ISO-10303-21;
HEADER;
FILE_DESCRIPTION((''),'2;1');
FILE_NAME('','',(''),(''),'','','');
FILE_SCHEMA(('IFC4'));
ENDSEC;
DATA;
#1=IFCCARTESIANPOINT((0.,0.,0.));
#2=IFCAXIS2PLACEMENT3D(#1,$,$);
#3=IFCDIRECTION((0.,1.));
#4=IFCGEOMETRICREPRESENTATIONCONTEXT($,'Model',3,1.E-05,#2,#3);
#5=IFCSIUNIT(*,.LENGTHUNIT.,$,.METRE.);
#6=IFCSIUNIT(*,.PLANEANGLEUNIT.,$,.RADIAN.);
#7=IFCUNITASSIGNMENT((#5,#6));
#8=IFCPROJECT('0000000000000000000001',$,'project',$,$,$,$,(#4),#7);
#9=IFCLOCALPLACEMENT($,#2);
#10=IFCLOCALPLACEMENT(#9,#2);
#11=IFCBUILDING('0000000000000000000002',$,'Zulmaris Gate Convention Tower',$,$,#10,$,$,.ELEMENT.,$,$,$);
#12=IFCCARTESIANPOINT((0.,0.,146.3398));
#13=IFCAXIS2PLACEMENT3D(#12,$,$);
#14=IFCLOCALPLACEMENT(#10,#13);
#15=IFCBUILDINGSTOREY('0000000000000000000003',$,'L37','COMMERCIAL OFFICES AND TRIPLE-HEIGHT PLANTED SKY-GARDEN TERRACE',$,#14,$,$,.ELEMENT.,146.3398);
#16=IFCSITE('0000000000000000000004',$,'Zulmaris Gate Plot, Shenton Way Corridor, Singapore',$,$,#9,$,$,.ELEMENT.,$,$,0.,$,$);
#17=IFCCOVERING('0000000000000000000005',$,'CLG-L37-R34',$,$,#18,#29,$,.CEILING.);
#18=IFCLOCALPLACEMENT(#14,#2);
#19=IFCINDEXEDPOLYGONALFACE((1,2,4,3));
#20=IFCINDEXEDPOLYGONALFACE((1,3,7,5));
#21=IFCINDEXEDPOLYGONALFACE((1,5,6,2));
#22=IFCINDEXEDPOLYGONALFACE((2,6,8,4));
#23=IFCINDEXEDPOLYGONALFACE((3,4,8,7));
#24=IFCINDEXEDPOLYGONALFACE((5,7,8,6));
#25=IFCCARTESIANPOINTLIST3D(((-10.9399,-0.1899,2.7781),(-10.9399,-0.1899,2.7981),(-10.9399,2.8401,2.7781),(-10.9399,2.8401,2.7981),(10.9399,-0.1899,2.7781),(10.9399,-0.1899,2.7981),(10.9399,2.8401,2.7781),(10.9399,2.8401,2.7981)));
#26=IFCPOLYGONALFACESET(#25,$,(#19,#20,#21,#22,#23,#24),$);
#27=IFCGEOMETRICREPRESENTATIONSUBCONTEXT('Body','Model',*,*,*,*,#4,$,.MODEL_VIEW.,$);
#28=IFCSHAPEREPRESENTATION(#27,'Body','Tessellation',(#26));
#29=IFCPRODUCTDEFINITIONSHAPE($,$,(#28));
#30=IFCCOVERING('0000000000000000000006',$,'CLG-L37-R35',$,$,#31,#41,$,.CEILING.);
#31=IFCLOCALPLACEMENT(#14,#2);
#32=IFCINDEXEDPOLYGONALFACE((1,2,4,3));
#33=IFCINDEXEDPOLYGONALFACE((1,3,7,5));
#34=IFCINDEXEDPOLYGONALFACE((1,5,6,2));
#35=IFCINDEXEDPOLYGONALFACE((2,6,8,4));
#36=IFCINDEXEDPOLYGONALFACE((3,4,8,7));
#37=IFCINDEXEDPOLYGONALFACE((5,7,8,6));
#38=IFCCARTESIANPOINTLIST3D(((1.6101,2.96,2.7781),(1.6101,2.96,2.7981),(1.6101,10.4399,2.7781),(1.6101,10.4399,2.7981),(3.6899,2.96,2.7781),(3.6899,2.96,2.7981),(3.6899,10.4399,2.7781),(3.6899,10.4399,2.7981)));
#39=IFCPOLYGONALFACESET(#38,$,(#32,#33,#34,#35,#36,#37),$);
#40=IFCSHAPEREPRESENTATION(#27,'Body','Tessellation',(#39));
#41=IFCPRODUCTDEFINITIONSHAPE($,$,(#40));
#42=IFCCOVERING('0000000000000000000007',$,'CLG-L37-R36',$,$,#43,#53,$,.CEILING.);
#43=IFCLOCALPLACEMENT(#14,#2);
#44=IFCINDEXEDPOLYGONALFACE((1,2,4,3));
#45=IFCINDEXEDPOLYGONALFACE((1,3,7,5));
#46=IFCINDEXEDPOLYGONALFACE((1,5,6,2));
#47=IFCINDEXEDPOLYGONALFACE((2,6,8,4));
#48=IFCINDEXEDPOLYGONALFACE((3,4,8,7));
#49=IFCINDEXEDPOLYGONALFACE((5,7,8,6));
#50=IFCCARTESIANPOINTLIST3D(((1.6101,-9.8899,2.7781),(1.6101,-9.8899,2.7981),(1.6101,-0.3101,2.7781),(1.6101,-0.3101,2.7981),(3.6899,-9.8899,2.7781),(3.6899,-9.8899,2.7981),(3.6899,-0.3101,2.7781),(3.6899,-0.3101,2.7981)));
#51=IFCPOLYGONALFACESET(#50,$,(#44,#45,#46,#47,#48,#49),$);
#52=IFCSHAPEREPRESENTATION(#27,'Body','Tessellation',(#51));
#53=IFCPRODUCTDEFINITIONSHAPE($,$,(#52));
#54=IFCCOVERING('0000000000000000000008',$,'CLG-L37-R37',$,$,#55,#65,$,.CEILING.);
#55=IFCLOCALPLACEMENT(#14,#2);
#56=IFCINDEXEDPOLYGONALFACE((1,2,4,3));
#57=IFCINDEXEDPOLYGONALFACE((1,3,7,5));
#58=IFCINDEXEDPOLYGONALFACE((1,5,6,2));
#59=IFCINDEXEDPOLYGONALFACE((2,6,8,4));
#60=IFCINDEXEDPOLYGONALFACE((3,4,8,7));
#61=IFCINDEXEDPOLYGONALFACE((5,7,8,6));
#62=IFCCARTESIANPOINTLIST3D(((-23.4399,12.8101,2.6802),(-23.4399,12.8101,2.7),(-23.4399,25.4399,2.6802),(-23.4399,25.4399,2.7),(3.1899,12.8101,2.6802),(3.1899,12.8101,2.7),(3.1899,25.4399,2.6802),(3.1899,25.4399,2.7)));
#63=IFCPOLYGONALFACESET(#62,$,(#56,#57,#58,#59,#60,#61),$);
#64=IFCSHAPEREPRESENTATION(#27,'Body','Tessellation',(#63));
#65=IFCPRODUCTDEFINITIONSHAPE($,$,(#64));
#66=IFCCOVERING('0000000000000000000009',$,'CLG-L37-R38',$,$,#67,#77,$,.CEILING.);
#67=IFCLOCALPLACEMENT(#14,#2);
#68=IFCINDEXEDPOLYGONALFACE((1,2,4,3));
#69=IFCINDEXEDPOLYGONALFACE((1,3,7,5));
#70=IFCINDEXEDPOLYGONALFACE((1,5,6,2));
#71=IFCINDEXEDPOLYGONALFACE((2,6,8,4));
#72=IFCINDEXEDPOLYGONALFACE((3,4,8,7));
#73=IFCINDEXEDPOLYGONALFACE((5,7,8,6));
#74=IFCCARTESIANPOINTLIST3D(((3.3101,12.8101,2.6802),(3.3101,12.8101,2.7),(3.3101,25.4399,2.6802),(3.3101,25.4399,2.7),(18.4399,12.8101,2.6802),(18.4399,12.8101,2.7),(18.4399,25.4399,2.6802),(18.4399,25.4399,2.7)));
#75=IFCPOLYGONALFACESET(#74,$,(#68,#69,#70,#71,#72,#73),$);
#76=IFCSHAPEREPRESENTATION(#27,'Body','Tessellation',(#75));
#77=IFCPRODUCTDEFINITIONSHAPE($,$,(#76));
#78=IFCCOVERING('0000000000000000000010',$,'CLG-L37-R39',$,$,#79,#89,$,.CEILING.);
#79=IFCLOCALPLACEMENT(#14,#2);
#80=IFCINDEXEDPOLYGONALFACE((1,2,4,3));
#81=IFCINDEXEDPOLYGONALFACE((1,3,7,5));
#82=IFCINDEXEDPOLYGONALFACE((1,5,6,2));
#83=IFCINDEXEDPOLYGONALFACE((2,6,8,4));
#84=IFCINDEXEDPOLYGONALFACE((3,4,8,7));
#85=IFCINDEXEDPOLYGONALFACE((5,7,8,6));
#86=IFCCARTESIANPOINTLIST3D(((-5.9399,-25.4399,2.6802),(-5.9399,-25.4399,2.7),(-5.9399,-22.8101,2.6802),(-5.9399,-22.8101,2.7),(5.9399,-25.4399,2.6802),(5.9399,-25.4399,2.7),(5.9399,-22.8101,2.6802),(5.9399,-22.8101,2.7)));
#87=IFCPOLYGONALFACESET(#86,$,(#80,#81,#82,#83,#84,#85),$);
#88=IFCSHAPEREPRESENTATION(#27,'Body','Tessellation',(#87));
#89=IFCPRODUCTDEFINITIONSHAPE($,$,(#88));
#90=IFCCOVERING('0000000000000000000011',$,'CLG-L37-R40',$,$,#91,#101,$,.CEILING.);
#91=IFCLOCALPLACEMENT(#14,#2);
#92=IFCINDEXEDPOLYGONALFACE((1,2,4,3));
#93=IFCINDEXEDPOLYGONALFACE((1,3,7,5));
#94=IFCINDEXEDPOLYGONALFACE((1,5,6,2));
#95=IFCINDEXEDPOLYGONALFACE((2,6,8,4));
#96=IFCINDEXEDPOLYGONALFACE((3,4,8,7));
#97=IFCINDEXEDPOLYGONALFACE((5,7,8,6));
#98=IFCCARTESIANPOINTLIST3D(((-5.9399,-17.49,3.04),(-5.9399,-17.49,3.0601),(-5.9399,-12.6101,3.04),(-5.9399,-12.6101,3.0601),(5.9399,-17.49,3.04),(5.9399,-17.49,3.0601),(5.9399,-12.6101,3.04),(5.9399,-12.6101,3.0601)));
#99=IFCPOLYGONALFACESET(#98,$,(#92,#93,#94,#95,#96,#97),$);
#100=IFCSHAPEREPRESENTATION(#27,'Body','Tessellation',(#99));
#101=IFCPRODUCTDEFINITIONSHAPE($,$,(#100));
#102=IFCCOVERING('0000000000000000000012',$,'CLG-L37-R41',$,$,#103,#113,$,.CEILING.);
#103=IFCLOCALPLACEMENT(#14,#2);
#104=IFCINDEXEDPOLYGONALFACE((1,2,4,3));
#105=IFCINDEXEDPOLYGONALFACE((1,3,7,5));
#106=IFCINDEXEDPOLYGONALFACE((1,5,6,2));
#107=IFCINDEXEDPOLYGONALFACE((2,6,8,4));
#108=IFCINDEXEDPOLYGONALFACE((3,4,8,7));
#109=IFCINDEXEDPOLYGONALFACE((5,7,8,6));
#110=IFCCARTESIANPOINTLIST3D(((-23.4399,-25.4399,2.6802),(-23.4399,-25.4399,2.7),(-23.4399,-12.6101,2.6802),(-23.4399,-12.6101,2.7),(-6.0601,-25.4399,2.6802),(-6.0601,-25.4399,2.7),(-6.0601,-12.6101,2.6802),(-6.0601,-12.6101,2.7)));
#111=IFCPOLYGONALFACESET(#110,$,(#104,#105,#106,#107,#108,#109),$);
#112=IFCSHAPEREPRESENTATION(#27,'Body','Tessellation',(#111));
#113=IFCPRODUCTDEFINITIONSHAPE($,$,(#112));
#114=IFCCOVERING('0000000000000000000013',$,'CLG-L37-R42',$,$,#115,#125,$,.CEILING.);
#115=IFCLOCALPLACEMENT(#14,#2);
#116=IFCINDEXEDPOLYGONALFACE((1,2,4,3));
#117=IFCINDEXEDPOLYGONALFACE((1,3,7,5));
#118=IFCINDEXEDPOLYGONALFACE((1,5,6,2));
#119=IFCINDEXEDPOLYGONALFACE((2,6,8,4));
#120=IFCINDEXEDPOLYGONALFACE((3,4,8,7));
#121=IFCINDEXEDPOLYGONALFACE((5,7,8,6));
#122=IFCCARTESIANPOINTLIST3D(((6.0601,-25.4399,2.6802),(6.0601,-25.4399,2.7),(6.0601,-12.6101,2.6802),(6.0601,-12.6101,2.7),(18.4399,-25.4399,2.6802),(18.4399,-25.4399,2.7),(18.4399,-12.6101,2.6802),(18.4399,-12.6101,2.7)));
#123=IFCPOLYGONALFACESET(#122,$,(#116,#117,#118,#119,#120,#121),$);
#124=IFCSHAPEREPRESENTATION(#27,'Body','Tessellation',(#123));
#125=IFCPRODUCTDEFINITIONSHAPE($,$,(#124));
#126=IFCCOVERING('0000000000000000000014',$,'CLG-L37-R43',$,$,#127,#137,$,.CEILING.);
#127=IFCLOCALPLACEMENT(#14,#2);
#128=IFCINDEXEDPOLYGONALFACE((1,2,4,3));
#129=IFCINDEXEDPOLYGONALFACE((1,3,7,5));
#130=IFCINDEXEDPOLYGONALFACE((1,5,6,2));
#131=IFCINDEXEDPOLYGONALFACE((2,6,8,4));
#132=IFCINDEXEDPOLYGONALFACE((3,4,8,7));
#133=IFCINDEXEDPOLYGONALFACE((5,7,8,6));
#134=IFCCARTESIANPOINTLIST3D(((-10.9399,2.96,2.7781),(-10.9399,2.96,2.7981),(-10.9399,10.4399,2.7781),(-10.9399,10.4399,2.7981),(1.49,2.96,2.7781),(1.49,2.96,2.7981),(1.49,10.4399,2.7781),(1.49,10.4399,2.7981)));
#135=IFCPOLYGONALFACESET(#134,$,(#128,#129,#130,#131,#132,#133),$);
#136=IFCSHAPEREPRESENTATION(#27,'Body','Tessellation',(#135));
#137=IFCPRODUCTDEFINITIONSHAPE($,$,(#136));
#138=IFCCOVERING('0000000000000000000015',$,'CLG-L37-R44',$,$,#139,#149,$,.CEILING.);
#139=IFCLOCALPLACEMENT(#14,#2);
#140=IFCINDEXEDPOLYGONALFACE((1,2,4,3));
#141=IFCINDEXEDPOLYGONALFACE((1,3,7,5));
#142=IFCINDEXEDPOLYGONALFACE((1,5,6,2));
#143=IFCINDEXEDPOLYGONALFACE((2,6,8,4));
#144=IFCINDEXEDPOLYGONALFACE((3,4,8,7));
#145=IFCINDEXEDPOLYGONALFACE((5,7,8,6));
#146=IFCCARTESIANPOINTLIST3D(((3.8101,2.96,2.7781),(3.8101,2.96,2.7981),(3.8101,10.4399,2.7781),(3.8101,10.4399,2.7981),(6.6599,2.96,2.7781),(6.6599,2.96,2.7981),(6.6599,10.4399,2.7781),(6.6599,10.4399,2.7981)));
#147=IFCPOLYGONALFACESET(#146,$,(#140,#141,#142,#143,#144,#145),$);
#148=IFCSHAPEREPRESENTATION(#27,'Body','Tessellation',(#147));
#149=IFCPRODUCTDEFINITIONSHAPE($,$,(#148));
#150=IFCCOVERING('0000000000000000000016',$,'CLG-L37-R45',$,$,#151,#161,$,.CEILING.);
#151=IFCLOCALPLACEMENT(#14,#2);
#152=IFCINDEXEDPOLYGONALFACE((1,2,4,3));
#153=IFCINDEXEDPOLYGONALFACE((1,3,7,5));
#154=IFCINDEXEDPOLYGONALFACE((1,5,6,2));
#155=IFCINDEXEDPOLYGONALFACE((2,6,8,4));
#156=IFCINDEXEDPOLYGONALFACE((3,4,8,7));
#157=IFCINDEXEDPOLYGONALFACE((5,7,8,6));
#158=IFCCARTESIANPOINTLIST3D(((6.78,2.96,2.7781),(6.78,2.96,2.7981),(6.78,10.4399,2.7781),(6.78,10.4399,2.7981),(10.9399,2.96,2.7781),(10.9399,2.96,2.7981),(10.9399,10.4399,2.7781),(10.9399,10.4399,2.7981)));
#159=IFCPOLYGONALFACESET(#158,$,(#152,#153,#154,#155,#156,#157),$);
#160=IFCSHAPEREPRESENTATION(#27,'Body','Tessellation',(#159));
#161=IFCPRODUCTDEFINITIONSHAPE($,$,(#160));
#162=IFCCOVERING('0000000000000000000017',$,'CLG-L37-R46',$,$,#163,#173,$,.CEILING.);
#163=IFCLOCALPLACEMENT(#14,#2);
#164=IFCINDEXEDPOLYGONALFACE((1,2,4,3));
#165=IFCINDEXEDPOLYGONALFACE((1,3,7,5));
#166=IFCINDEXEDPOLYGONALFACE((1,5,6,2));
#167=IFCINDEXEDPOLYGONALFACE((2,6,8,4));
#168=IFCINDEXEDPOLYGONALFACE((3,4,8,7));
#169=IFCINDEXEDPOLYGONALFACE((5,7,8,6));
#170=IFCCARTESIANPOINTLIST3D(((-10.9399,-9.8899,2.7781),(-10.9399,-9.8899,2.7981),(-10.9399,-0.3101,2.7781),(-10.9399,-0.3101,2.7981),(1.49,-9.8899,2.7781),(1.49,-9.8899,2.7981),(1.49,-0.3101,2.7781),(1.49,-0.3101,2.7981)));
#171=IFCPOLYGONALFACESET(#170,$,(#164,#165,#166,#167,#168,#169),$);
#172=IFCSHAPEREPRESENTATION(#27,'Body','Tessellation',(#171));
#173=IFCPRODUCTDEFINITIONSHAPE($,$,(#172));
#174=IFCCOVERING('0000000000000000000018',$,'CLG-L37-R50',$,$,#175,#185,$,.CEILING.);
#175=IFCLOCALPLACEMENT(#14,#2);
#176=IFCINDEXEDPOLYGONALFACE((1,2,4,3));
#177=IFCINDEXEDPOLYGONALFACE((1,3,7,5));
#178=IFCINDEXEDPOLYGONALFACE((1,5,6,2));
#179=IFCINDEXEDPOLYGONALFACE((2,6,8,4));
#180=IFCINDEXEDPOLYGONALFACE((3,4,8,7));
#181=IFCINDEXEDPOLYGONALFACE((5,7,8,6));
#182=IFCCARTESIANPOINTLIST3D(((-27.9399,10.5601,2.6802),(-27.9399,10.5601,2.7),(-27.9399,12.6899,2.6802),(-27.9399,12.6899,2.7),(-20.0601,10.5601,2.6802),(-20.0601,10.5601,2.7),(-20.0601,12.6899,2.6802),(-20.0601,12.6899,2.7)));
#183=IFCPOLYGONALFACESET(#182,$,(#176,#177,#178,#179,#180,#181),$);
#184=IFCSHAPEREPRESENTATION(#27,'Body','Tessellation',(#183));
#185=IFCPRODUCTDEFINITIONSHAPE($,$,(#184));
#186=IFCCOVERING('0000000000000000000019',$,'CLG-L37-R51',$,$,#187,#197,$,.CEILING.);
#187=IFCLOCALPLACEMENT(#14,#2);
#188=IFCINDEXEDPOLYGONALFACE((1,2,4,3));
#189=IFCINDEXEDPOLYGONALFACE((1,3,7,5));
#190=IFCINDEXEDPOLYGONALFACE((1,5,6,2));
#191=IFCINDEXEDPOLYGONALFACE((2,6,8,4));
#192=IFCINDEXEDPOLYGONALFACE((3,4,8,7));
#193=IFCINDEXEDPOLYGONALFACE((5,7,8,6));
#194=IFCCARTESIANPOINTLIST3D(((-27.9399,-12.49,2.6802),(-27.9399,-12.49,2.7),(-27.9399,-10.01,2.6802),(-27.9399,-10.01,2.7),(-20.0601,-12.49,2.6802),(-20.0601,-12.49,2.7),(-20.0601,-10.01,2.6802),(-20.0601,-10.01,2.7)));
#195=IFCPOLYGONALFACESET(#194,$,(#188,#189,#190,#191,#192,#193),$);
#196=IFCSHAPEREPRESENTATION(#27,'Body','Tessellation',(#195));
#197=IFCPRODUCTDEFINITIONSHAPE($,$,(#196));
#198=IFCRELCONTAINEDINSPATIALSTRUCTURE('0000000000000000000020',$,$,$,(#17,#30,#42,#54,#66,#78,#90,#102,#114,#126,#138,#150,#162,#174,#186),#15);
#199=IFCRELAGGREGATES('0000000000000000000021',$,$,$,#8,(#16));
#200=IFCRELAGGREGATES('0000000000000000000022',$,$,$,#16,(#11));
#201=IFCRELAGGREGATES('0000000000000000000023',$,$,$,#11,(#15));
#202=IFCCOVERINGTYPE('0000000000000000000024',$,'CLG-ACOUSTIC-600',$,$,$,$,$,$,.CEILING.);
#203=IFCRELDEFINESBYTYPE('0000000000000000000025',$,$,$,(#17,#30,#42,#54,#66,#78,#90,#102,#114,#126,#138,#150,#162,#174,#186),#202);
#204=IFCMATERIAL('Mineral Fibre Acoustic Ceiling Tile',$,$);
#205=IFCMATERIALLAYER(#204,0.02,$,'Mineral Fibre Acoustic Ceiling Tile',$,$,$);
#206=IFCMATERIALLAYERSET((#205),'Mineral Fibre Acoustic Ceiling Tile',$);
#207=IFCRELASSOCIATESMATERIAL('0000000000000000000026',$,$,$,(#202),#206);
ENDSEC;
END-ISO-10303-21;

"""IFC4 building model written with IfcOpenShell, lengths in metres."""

from ifc_helpers import new_model, si_unit, direction, frame, origin, place, context, subcontext, project, spatial, polyline, outline, extrude, material, layer, layer_set, type_object, element, save


model = new_model("IFC4")

# Units and contexts
model_context = context("Model", 3, precision=1e-05, world=origin(), true_north=direction((0.0, 1.0)))
body_context = subcontext(model_context, "Body", "Model", "MODEL_VIEW")
ifc_project = project(units=[si_unit("LENGTHUNIT", "METRE"), si_unit("PLANEANGLEUNIT", "RADIAN")], contexts=[model_context])

# Site, building, storey
site_placement = place(None, origin())
site = spatial("IfcSite", under=ifc_project, at=site_placement, Name="Zulmaris Gate Plot, Shenton Way Corridor, Singapore", CompositionType="ELEMENT", RefElevation=0.0)
building_placement = place(site_placement, origin())
building = spatial("IfcBuilding", under=site, at=building_placement, Name="Zulmaris Gate Convention Tower", CompositionType="ELEMENT")
storey_placement = place(building_placement, frame((0.0, 0.0, 146.3398)))
storey = spatial("IfcBuildingStorey", under=building, at=storey_placement, Name="L37", Description="COMMERCIAL OFFICES AND TRIPLE-HEIGHT PLANTED SKY-GARDEN TERRACE", CompositionType="ELEMENT", Elevation=146.3398)

# Coverings
ifc_material_1 = material(Name="Mineral Fibre Acoustic Ceiling Tile")
ifc_layer_1 = layer(ifc_material_1, 0.02, Name="Mineral Fibre Acoustic Ceiling Tile")
ifc_layer_set_1 = layer_set([ifc_layer_1], Name="Mineral Fibre Acoustic Ceiling Tile")
covering_type_1 = type_object("IfcCoveringType", Name="CLG-ACOUSTIC-600", PredefinedType="CEILING", material=ifc_layer_set_1)
covering_1_placement = place(storey_placement, frame((0.0, 0.0, 2.7781)))
element("IfcCovering", 1, at=covering_1_placement, inside=storey, type_object=covering_type_1, Name="CLG-L37-R34", PredefinedType="CEILING", context=body_context, shape_type="SweptSolid", body=[
    extrude(outline(polyline([(-10.9399, -0.1899), (10.9399, -0.1899), (10.9399, 2.8401), (-10.9399, 2.8401), (-10.9399, -0.1899)])), origin(), (0.0, 0.0, 1.0), 0.02),
])
covering_2_placement = place(storey_placement, frame((0.0, 0.0, 2.7781)))
element("IfcCovering", 2, at=covering_2_placement, inside=storey, type_object=covering_type_1, Name="CLG-L37-R35", PredefinedType="CEILING", context=body_context, shape_type="SweptSolid", body=[
    extrude(outline(polyline([(1.6101, 2.96), (3.6899, 2.96), (3.6899, 10.4399), (1.6101, 10.4399), (1.6101, 2.96)])), origin(), (0.0, 0.0, 1.0), 0.02),
])
covering_3_placement = place(storey_placement, frame((0.0, 0.0, 2.7781)))
element("IfcCovering", 3, at=covering_3_placement, inside=storey, type_object=covering_type_1, Name="CLG-L37-R36", PredefinedType="CEILING", context=body_context, shape_type="SweptSolid", body=[
    extrude(outline(polyline([(1.6101, -9.8899), (3.6899, -9.8899), (3.6899, -0.3101), (1.6101, -0.3101), (1.6101, -9.8899)])), origin(), (0.0, 0.0, 1.0), 0.02),
])
covering_4_placement = place(storey_placement, frame((0.0, 0.0, 2.6802)))
element("IfcCovering", 4, at=covering_4_placement, inside=storey, type_object=covering_type_1, Name="CLG-L37-R37", PredefinedType="CEILING", context=body_context, shape_type="SweptSolid", body=[
    extrude(outline(polyline([(-23.4399, 12.8101), (3.1899, 12.8101), (3.1899, 25.4399), (-23.4399, 25.4399), (-23.4399, 12.8101)])), origin(), (0.0, 0.0, 1.0), 0.0198),
])
covering_5_placement = place(storey_placement, frame((0.0, 0.0, 2.6802)))
element("IfcCovering", 5, at=covering_5_placement, inside=storey, type_object=covering_type_1, Name="CLG-L37-R38", PredefinedType="CEILING", context=body_context, shape_type="SweptSolid", body=[
    extrude(outline(polyline([(3.3101, 12.8101), (18.4399, 12.8101), (18.4399, 25.4399), (3.3101, 25.4399), (3.3101, 12.8101)])), origin(), (0.0, 0.0, 1.0), 0.0198),
])
covering_6_placement = place(storey_placement, frame((0.0, 0.0, 2.6802)))
element("IfcCovering", 6, at=covering_6_placement, inside=storey, type_object=covering_type_1, Name="CLG-L37-R39", PredefinedType="CEILING", context=body_context, shape_type="SweptSolid", body=[
    extrude(outline(polyline([(-5.9399, -25.4399), (5.9399, -25.4399), (5.9399, -22.8101), (-5.9399, -22.8101), (-5.9399, -25.4399)])), origin(), (0.0, 0.0, 1.0), 0.0198),
])
covering_7_placement = place(storey_placement, frame((0.0, 0.0, 3.04)))
element("IfcCovering", 7, at=covering_7_placement, inside=storey, type_object=covering_type_1, Name="CLG-L37-R40", PredefinedType="CEILING", context=body_context, shape_type="SweptSolid", body=[
    extrude(outline(polyline([(-5.9399, -17.49), (5.9399, -17.49), (5.9399, -12.6101), (-5.9399, -12.6101), (-5.9399, -17.49)])), origin(), (0.0, 0.0, 1.0), 0.02),
])
covering_8_placement = place(storey_placement, frame((0.0, 0.0, 2.6802)))
element("IfcCovering", 8, at=covering_8_placement, inside=storey, type_object=covering_type_1, Name="CLG-L37-R41", PredefinedType="CEILING", context=body_context, shape_type="SweptSolid", body=[
    extrude(outline(polyline([(-23.4399, -25.4399), (-6.0601, -25.4399), (-6.0601, -12.6101), (-23.4399, -12.6101), (-23.4399, -25.4399)])), origin(), (0.0, 0.0, 1.0), 0.0198),
])
covering_9_placement = place(storey_placement, frame((0.0, 0.0, 2.6802)))
element("IfcCovering", 9, at=covering_9_placement, inside=storey, type_object=covering_type_1, Name="CLG-L37-R42", PredefinedType="CEILING", context=body_context, shape_type="SweptSolid", body=[
    extrude(outline(polyline([(6.0601, -25.4399), (18.4399, -25.4399), (18.4399, -12.6101), (6.0601, -12.6101), (6.0601, -25.4399)])), origin(), (0.0, 0.0, 1.0), 0.0198),
])
covering_10_placement = place(storey_placement, frame((0.0, 0.0, 2.7781)))
element("IfcCovering", 10, at=covering_10_placement, inside=storey, type_object=covering_type_1, Name="CLG-L37-R43", PredefinedType="CEILING", context=body_context, shape_type="SweptSolid", body=[
    extrude(outline(polyline([(-10.9399, 2.96), (1.49, 2.96), (1.49, 10.4399), (-10.9399, 10.4399), (-10.9399, 2.96)])), origin(), (0.0, 0.0, 1.0), 0.02),
])
covering_11_placement = place(storey_placement, frame((0.0, 0.0, 2.7781)))
element("IfcCovering", 11, at=covering_11_placement, inside=storey, type_object=covering_type_1, Name="CLG-L37-R44", PredefinedType="CEILING", context=body_context, shape_type="SweptSolid", body=[
    extrude(outline(polyline([(3.8101, 2.96), (6.6599, 2.96), (6.6599, 10.4399), (3.8101, 10.4399), (3.8101, 2.96)])), origin(), (0.0, 0.0, 1.0), 0.02),
])
covering_12_placement = place(storey_placement, frame((0.0, 0.0, 2.7781)))
element("IfcCovering", 12, at=covering_12_placement, inside=storey, type_object=covering_type_1, Name="CLG-L37-R45", PredefinedType="CEILING", context=body_context, shape_type="SweptSolid", body=[
    extrude(outline(polyline([(6.78, 2.96), (10.9399, 2.96), (10.9399, 10.4399), (6.78, 10.4399), (6.78, 2.96)])), origin(), (0.0, 0.0, 1.0), 0.02),
])
covering_13_placement = place(storey_placement, frame((0.0, 0.0, 2.7781)))
element("IfcCovering", 13, at=covering_13_placement, inside=storey, type_object=covering_type_1, Name="CLG-L37-R46", PredefinedType="CEILING", context=body_context, shape_type="SweptSolid", body=[
    extrude(outline(polyline([(-10.9399, -9.8899), (1.49, -9.8899), (1.49, -0.3101), (-10.9399, -0.3101), (-10.9399, -9.8899)])), origin(), (0.0, 0.0, 1.0), 0.02),
])
covering_14_placement = place(storey_placement, frame((0.0, 0.0, 2.6802)))
element("IfcCovering", 14, at=covering_14_placement, inside=storey, type_object=covering_type_1, Name="CLG-L37-R50", PredefinedType="CEILING", context=body_context, shape_type="SweptSolid", body=[
    extrude(outline(polyline([(-27.9399, 10.5601), (-20.0601, 10.5601), (-20.0601, 12.6899), (-27.9399, 12.6899), (-27.9399, 10.5601)])), origin(), (0.0, 0.0, 1.0), 0.0198),
])
covering_15_placement = place(storey_placement, frame((0.0, 0.0, 2.6802)))
element("IfcCovering", 15, at=covering_15_placement, inside=storey, type_object=covering_type_1, Name="CLG-L37-R51", PredefinedType="CEILING", context=body_context, shape_type="SweptSolid", body=[
    extrude(outline(polyline([(-27.9399, -12.49), (-20.0601, -12.49), (-20.0601, -10.01), (-27.9399, -10.01), (-27.9399, -12.49)])), origin(), (0.0, 0.0, 1.0), 0.0198),
])

save(model, "model.ifc")
